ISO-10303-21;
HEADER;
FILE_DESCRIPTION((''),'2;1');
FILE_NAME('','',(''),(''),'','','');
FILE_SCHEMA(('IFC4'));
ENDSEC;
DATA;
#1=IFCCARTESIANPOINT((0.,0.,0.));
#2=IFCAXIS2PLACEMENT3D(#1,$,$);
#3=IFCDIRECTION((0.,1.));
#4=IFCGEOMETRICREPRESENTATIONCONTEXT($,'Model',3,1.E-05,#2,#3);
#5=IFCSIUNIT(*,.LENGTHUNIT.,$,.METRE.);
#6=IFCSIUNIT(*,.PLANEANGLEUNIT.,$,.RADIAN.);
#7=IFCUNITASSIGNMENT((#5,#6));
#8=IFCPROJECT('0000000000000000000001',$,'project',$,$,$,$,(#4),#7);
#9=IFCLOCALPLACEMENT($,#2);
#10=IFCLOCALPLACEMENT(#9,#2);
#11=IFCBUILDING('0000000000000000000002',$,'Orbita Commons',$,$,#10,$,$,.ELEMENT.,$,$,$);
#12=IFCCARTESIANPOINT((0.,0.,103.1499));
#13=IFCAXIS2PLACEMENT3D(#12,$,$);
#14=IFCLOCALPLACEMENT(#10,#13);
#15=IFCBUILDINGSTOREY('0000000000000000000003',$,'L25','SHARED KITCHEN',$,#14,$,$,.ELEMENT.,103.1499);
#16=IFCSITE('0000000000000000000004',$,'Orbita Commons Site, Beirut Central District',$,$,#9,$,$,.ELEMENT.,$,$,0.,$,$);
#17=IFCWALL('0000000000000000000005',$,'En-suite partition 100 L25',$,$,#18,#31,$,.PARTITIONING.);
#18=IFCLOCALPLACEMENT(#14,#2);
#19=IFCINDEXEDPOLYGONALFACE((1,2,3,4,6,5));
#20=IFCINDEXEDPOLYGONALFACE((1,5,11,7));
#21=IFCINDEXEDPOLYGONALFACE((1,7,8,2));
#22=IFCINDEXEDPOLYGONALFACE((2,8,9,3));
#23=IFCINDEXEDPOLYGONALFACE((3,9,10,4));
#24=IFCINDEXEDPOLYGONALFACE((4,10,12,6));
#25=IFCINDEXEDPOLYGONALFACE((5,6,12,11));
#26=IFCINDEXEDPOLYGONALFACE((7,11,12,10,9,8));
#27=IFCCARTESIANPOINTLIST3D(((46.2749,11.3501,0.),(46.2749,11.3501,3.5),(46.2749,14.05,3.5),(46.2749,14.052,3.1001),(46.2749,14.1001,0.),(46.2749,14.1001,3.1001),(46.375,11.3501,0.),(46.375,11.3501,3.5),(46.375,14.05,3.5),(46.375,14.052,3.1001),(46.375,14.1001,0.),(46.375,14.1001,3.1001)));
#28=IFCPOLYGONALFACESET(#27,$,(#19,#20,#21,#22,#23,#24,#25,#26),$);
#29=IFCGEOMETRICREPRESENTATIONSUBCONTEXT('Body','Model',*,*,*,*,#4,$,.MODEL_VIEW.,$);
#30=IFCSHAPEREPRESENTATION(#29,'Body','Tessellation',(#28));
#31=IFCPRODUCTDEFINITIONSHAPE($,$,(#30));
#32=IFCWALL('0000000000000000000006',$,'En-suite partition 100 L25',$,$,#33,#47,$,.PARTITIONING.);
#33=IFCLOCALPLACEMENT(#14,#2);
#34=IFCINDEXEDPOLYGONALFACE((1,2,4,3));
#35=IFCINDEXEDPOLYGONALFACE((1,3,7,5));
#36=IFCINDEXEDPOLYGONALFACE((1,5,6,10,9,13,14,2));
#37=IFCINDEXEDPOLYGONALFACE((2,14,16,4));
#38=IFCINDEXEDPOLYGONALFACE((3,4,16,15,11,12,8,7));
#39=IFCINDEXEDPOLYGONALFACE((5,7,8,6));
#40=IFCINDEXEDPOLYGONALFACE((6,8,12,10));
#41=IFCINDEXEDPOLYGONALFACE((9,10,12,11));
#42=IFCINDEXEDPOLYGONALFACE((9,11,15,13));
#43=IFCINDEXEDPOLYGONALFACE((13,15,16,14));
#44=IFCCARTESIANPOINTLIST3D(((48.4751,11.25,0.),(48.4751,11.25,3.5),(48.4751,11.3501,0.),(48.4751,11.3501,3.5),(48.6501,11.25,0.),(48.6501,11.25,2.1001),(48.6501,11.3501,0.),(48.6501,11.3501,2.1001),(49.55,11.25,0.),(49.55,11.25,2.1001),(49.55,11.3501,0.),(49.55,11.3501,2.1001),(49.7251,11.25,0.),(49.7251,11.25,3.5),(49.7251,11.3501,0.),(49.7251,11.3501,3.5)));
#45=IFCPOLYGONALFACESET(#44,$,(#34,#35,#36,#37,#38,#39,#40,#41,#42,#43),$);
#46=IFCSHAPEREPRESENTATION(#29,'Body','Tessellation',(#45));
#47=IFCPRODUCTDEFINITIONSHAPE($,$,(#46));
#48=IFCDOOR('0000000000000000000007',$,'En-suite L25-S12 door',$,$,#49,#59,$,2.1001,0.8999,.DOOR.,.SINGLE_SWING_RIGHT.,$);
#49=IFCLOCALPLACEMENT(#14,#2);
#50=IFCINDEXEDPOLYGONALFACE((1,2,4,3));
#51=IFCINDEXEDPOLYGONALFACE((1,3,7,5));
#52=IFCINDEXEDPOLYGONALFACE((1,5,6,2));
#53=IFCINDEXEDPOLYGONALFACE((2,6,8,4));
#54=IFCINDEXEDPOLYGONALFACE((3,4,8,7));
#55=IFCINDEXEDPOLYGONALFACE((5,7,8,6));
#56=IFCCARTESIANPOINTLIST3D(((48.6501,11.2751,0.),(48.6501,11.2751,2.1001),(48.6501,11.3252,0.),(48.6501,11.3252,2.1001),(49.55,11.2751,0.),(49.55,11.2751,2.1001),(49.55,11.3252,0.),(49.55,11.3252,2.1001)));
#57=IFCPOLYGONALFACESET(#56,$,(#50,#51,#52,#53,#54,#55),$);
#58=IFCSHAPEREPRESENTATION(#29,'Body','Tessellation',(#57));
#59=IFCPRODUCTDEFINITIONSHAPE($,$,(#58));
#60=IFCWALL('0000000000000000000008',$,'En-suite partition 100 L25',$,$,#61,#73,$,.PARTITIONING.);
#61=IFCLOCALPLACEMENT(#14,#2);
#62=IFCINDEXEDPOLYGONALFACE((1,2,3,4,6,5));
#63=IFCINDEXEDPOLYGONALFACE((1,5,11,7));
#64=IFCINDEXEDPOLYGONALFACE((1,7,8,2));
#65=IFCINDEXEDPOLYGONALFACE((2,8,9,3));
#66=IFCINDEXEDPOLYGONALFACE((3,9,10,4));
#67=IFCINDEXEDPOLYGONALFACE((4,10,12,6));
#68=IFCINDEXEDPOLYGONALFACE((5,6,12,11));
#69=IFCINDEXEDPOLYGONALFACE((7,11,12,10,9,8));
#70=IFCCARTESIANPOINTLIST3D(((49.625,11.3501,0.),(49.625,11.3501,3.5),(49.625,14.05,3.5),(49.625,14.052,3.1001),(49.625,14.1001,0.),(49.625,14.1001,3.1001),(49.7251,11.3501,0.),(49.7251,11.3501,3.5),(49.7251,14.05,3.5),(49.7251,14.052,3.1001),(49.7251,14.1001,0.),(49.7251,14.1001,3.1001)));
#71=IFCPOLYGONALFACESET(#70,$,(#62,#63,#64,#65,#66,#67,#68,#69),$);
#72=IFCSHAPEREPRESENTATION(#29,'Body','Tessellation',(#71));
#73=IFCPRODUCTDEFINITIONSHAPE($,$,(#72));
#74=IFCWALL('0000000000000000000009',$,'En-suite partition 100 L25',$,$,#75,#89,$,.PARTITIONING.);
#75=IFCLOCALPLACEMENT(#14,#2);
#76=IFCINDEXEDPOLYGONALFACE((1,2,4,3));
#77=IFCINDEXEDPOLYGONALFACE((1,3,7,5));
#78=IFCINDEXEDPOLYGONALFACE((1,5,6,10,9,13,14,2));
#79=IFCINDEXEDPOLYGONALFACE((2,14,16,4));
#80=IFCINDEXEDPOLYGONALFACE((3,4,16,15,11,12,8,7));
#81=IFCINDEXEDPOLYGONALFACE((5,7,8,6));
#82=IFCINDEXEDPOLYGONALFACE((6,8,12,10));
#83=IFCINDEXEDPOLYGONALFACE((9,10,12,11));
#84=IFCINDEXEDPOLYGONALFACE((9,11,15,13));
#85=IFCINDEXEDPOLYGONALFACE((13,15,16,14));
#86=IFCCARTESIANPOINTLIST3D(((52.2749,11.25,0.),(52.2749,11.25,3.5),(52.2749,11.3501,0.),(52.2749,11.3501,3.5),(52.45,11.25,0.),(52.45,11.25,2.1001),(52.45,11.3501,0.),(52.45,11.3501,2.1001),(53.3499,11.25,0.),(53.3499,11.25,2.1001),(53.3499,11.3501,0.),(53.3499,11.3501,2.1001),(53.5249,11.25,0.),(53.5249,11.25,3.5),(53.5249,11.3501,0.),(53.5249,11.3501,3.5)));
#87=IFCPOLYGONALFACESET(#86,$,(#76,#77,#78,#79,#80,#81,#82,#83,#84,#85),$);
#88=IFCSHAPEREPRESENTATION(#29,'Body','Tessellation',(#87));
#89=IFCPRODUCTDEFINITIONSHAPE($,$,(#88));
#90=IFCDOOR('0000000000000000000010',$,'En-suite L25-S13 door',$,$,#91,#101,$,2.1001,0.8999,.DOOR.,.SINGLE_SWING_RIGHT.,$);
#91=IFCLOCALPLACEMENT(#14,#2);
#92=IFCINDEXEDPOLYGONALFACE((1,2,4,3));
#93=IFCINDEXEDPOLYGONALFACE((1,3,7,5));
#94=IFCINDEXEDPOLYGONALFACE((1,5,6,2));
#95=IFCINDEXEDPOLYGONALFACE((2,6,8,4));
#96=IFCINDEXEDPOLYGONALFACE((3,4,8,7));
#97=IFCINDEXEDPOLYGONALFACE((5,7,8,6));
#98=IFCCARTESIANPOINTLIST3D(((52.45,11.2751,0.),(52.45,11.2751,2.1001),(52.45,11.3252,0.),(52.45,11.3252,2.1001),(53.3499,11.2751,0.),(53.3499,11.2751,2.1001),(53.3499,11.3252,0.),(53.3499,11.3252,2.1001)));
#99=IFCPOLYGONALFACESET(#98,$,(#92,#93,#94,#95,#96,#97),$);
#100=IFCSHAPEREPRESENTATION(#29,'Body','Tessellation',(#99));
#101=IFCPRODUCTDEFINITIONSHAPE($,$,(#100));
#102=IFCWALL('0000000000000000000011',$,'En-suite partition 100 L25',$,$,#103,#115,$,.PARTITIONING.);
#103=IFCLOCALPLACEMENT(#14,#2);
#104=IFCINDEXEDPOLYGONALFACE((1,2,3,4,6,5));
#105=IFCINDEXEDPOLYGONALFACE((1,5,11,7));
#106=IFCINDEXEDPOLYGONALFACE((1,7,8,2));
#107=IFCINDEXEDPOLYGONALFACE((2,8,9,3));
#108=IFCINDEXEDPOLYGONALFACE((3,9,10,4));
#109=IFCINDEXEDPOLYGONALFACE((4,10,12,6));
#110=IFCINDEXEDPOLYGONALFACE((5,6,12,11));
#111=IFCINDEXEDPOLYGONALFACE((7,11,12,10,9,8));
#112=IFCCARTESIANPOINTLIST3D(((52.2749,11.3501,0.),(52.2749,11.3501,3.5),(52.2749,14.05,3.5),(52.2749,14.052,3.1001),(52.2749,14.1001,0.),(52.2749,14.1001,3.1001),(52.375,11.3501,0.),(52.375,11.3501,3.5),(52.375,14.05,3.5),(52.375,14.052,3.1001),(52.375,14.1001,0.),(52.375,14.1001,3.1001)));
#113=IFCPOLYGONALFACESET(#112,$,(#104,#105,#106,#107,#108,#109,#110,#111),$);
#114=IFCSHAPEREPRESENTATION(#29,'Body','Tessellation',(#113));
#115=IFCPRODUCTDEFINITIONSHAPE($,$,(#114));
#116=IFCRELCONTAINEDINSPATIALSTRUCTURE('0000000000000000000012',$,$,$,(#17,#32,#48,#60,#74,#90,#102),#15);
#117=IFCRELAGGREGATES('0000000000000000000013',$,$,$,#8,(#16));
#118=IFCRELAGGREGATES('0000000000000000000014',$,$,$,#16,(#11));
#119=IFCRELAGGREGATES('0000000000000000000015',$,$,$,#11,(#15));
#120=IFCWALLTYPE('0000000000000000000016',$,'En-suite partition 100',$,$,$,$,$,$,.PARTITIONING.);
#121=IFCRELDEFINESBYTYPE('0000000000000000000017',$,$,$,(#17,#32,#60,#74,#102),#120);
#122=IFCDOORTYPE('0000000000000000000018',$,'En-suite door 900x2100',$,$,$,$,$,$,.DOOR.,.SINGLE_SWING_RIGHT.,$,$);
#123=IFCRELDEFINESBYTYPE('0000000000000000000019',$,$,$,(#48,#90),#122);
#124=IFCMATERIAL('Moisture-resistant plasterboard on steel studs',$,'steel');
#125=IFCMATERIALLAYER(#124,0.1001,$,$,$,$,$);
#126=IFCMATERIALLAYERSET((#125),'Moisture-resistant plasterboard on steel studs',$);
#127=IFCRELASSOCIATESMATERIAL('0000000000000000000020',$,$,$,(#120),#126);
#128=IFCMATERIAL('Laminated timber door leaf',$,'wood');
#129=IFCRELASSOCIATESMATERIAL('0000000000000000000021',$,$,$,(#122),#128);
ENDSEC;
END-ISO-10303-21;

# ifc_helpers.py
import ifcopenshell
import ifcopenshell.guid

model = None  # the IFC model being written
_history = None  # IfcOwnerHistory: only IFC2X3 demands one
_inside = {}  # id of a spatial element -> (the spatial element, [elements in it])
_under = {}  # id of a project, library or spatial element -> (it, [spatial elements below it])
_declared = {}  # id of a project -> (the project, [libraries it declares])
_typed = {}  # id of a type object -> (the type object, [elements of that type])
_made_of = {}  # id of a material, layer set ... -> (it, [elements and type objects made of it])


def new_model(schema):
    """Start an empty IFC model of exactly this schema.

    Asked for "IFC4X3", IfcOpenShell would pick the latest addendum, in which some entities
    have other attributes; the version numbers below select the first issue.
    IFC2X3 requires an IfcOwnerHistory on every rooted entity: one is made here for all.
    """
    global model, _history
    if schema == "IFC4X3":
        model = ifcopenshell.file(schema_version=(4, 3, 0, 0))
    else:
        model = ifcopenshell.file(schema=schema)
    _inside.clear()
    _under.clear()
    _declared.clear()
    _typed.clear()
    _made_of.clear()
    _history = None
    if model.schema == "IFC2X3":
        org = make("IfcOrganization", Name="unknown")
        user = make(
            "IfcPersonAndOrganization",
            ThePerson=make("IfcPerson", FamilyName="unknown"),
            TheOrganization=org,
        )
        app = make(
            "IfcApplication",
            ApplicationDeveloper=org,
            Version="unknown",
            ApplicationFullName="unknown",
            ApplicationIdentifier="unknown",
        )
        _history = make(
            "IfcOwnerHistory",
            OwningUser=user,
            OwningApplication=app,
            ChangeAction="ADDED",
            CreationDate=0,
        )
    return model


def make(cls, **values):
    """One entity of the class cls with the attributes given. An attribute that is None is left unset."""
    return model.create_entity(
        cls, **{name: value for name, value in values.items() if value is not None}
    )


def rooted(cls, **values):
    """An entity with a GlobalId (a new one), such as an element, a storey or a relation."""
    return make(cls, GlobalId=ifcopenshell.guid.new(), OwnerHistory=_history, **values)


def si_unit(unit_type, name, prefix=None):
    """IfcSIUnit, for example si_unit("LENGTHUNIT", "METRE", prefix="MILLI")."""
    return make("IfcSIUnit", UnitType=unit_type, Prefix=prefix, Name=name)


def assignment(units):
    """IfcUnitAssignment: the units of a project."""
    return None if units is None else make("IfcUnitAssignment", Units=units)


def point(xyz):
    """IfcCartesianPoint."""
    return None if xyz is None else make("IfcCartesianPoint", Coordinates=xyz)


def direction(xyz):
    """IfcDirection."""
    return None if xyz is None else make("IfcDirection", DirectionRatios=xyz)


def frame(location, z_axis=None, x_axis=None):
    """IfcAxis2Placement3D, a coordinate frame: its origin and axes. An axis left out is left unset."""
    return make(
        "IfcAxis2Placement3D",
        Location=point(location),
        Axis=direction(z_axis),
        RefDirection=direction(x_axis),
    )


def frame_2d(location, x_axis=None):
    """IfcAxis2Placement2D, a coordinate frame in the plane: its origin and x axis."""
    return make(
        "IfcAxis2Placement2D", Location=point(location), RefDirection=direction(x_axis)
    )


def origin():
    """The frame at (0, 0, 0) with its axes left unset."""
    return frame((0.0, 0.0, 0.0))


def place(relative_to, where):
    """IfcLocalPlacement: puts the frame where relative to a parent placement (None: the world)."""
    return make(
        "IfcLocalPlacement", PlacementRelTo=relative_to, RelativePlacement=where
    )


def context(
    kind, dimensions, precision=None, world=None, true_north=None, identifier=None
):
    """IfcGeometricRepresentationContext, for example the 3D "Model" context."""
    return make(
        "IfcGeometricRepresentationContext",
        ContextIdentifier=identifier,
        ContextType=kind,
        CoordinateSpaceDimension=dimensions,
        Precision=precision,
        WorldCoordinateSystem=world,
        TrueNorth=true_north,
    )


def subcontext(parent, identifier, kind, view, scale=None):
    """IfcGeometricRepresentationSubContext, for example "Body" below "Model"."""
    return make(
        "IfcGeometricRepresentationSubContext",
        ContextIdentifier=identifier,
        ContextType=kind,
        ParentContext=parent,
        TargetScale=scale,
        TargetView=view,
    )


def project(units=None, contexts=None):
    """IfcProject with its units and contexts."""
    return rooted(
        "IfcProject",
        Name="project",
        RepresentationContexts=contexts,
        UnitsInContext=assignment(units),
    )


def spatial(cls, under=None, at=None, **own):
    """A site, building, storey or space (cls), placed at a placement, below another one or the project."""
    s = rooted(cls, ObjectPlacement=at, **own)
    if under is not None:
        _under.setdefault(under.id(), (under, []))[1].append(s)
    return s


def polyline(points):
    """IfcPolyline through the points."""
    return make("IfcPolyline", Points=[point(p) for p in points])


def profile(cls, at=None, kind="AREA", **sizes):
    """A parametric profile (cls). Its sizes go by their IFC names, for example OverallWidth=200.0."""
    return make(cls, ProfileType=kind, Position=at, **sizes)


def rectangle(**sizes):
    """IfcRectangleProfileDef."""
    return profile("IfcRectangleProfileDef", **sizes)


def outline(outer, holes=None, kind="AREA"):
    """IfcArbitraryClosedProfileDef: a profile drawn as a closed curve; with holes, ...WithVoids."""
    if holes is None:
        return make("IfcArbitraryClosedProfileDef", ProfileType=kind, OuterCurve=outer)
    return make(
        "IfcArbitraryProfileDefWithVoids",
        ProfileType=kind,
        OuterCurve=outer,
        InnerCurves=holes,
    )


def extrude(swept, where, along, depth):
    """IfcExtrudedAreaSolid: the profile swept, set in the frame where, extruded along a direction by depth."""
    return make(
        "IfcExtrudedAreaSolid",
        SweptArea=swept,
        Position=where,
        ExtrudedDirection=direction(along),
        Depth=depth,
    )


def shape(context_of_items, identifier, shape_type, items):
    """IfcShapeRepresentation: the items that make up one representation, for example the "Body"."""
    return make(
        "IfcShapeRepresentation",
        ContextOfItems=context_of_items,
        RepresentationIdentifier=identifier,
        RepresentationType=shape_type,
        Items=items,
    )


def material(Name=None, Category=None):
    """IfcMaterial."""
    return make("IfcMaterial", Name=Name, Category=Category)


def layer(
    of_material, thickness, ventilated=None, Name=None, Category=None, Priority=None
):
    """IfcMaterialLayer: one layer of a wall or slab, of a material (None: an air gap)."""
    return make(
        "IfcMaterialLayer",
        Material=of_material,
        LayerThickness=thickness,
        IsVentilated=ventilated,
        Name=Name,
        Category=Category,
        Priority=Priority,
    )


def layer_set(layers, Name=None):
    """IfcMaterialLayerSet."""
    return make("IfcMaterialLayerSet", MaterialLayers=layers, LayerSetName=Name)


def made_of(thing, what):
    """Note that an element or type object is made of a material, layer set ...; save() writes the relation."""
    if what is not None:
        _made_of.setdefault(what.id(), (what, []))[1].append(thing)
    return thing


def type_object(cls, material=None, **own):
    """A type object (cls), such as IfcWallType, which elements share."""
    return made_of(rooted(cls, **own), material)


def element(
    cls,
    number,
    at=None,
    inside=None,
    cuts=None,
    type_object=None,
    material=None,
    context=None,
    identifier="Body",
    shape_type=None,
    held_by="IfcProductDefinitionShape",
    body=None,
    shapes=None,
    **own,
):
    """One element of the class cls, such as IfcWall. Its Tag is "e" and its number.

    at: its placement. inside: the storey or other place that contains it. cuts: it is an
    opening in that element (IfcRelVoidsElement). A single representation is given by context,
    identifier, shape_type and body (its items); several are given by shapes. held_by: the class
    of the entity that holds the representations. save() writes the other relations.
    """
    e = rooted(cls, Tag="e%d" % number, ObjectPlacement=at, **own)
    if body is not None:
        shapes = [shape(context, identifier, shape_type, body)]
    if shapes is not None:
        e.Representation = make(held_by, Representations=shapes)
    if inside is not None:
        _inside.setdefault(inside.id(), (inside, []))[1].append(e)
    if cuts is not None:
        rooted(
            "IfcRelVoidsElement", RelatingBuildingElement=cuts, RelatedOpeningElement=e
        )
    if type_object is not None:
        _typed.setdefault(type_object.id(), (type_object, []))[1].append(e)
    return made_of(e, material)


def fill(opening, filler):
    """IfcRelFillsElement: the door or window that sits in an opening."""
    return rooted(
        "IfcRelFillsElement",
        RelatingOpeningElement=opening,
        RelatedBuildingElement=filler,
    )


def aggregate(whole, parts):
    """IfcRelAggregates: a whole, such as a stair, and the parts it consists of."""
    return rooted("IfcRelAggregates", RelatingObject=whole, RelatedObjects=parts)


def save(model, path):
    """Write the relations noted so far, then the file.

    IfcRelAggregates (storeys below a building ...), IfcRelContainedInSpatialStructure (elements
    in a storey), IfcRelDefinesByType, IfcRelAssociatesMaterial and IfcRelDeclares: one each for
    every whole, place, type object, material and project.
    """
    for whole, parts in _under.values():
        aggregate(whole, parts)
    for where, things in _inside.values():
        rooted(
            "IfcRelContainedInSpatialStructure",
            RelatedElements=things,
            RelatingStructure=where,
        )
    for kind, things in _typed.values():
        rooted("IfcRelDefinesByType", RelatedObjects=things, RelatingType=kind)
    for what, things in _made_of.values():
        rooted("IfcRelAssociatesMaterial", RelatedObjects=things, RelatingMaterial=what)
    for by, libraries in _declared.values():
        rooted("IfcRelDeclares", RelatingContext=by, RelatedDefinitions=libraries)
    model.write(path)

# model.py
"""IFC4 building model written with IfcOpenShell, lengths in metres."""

from ifc_helpers import new_model, si_unit, direction, frame, frame_2d, origin, place, context, subcontext, project, spatial, polyline, rectangle, outline, extrude, material, layer, layer_set, type_object, element, fill, save


model = new_model("IFC4")

# Units and contexts
model_context = context("Model", 3, precision=1e-05, world=origin(), true_north=direction((0.0, 1.0)))
body_context = subcontext(model_context, "Body", "Model", "MODEL_VIEW")
ifc_project = project(units=[si_unit("LENGTHUNIT", "METRE"), si_unit("PLANEANGLEUNIT", "RADIAN")], contexts=[model_context])

# Site, building, storey
site_placement = place(None, origin())
site = spatial("IfcSite", under=ifc_project, at=site_placement, Name="Orbita Commons Site, Beirut Central District", CompositionType="ELEMENT", RefElevation=0.0)
building_placement = place(site_placement, origin())
building = spatial("IfcBuilding", under=site, at=building_placement, Name="Orbita Commons", CompositionType="ELEMENT")
storey_placement = place(building_placement, frame((0.0, 0.0, 103.1499)))
storey = spatial("IfcBuildingStorey", under=building, at=storey_placement, Name="L25", Description="SHARED KITCHEN", CompositionType="ELEMENT", Elevation=103.1499)

# Shared definitions
ifc_material_1 = material(Name="Moisture-resistant plasterboard on steel studs", Category="steel")
ifc_layer = layer(ifc_material_1, 0.1001)
ifc_layer_set = layer_set([ifc_layer], Name="Moisture-resistant plasterboard on steel studs")
wall_type = type_object("IfcWallType", Name="En-suite partition 100", PredefinedType="PARTITIONING", material=ifc_layer_set)
ifc_material_2 = material(Name="Laminated timber door leaf", Category="wood")
door_type = type_object("IfcDoorType", Name="En-suite door 900x2100", OperationType="SINGLE_SWING_RIGHT", PredefinedType="DOOR", material=ifc_material_2)

# Wall
wall_1_placement = place(storey_placement, frame((46.325, 11.3501, 0.0), z_axis=(0.0, 0.0, 1.0), x_axis=(0.0, 1.0, 0.0)))
element("IfcWall", 1, at=wall_1_placement, inside=storey, type_object=wall_type, Name="En-suite partition 100 L25", PredefinedType="PARTITIONING", context=body_context, shape_type="SweptSolid", body=[
    extrude(outline(polyline([(0.0, 0.0), (2.75, 0.0), (2.75, 3.1001), (2.7019, 3.1001), (2.7, 3.5), (0.0, 3.5), (0.0, 0.0)])), frame((0.0, 0.05, 0.0), z_axis=(0.0, -1.0, 0.0), x_axis=(1.0, 0.0, 0.0)), (0.0, 0.0, 1.0), 0.1001),
])

# Wall, opening, door
wall_2_placement = place(storey_placement, frame((49.7251, 11.3, 0.0), z_axis=(0.0, 0.0, 1.0), x_axis=(-1.0, 0.0, 0.0)))
wall_2 = element("IfcWall", 2, at=wall_2_placement, inside=storey, type_object=wall_type, Name="En-suite partition 100 L25", PredefinedType="PARTITIONING", context=body_context, shape_type="SweptSolid", body=[
    extrude(rectangle(XDim=1.25, YDim=0.1001, at=frame_2d((0.625, 0.0))), origin(), (0.0, 0.0, 1.0), 3.5),
])
opening_1_placement = place(wall_2_placement, frame((0.175, 0.0, 0.0)))
opening_1 = element("IfcOpeningElement", 3, at=opening_1_placement, cuts=wall_2, PredefinedType="OPENING", context=body_context, shape_type="SweptSolid", body=[
    extrude(rectangle(XDim=0.8999, YDim=2.1001, at=frame_2d((0.45, 1.05))), frame((0.0, 0.0601, 0.0), z_axis=(0.0, -1.0, 0.0), x_axis=(1.0, 0.0, 0.0)), (0.0, 0.0, 1.0), 0.1201),
])
door_1_placement = place(opening_1_placement, origin())
door_1 = element("IfcDoor", 4, at=door_1_placement, inside=storey, type_object=door_type, Name="En-suite L25-S12 door", OperationType="SINGLE_SWING_RIGHT", OverallHeight=2.1001, OverallWidth=0.8999, PredefinedType="DOOR", context=body_context, shape_type="SweptSolid", body=[
    extrude(rectangle(XDim=0.8999, YDim=2.1001, at=frame_2d((0.45, 1.05))), frame((0.0, 0.0249, 0.0), z_axis=(0.0, -1.0, 0.0), x_axis=(1.0, 0.0, 0.0)), (0.0, 0.0, 1.0), 0.05),
])
fill(opening_1, door_1)

# Wall
wall_3_placement = place(storey_placement, frame((49.675, 11.3501, 0.0), z_axis=(0.0, 0.0, 1.0), x_axis=(0.0, 1.0, 0.0)))
element("IfcWall", 5, at=wall_3_placement, inside=storey, type_object=wall_type, Name="En-suite partition 100 L25", PredefinedType="PARTITIONING", context=body_context, shape_type="SweptSolid", body=[
    extrude(outline(polyline([(0.0, 0.0), (2.75, 0.0), (2.75, 3.1001), (2.7019, 3.1001), (2.7, 3.5), (0.0, 3.5), (0.0, 0.0)])), frame((0.0, 0.05, 0.0), z_axis=(0.0, -1.0, 0.0), x_axis=(1.0, 0.0, 0.0)), (0.0, 0.0, 1.0), 0.1001),
])

# Wall, opening, door
wall_4_placement = place(storey_placement, frame((53.5249, 11.3, 0.0), z_axis=(0.0, 0.0, 1.0), x_axis=(-1.0, 0.0, 0.0)))
wall_4 = element("IfcWall", 6, at=wall_4_placement, inside=storey, type_object=wall_type, Name="En-suite partition 100 L25", PredefinedType="PARTITIONING", context=body_context, shape_type="SweptSolid", body=[
    extrude(rectangle(XDim=1.25, YDim=0.1001, at=frame_2d((0.625, 0.0))), origin(), (0.0, 0.0, 1.0), 3.5),
])
opening_2_placement = place(wall_4_placement, frame((0.175, 0.0, 0.0)))
opening_2 = element("IfcOpeningElement", 7, at=opening_2_placement, cuts=wall_4, PredefinedType="OPENING", context=body_context, shape_type="SweptSolid", body=[
    extrude(rectangle(XDim=0.8999, YDim=2.1001, at=frame_2d((0.45, 1.05))), frame((0.0, 0.0601, 0.0), z_axis=(0.0, -1.0, 0.0), x_axis=(1.0, 0.0, 0.0)), (0.0, 0.0, 1.0), 0.1201),
])
door_2_placement = place(opening_2_placement, origin())
door_2 = element("IfcDoor", 8, at=door_2_placement, inside=storey, type_object=door_type, Name="En-suite L25-S13 door", OperationType="SINGLE_SWING_RIGHT", OverallHeight=2.1001, OverallWidth=0.8999, PredefinedType="DOOR", context=body_context, shape_type="SweptSolid", body=[
    extrude(rectangle(XDim=0.8999, YDim=2.1001, at=frame_2d((0.45, 1.05))), frame((0.0, 0.0249, 0.0), z_axis=(0.0, -1.0, 0.0), x_axis=(1.0, 0.0, 0.0)), (0.0, 0.0, 1.0), 0.05),
])
fill(opening_2, door_2)

# Wall
wall_5_placement = place(storey_placement, frame((52.325, 11.3501, 0.0), z_axis=(0.0, 0.0, 1.0), x_axis=(0.0, 1.0, 0.0)))
element("IfcWall", 9, at=wall_5_placement, inside=storey, type_object=wall_type, Name="En-suite partition 100 L25", PredefinedType="PARTITIONING", context=body_context, shape_type="SweptSolid", body=[
    extrude(outline(polyline([(0.0, 0.0), (2.75, 0.0), (2.75, 3.1001), (2.7019, 3.1001), (2.7, 3.5), (0.0, 3.5), (0.0, 0.0)])), frame((0.0, 0.05, 0.0), z_axis=(0.0, -1.0, 0.0), x_axis=(1.0, 0.0, 0.0)), (0.0, 0.0, 1.0), 0.1001),
])

save(model, "model.ifc")
